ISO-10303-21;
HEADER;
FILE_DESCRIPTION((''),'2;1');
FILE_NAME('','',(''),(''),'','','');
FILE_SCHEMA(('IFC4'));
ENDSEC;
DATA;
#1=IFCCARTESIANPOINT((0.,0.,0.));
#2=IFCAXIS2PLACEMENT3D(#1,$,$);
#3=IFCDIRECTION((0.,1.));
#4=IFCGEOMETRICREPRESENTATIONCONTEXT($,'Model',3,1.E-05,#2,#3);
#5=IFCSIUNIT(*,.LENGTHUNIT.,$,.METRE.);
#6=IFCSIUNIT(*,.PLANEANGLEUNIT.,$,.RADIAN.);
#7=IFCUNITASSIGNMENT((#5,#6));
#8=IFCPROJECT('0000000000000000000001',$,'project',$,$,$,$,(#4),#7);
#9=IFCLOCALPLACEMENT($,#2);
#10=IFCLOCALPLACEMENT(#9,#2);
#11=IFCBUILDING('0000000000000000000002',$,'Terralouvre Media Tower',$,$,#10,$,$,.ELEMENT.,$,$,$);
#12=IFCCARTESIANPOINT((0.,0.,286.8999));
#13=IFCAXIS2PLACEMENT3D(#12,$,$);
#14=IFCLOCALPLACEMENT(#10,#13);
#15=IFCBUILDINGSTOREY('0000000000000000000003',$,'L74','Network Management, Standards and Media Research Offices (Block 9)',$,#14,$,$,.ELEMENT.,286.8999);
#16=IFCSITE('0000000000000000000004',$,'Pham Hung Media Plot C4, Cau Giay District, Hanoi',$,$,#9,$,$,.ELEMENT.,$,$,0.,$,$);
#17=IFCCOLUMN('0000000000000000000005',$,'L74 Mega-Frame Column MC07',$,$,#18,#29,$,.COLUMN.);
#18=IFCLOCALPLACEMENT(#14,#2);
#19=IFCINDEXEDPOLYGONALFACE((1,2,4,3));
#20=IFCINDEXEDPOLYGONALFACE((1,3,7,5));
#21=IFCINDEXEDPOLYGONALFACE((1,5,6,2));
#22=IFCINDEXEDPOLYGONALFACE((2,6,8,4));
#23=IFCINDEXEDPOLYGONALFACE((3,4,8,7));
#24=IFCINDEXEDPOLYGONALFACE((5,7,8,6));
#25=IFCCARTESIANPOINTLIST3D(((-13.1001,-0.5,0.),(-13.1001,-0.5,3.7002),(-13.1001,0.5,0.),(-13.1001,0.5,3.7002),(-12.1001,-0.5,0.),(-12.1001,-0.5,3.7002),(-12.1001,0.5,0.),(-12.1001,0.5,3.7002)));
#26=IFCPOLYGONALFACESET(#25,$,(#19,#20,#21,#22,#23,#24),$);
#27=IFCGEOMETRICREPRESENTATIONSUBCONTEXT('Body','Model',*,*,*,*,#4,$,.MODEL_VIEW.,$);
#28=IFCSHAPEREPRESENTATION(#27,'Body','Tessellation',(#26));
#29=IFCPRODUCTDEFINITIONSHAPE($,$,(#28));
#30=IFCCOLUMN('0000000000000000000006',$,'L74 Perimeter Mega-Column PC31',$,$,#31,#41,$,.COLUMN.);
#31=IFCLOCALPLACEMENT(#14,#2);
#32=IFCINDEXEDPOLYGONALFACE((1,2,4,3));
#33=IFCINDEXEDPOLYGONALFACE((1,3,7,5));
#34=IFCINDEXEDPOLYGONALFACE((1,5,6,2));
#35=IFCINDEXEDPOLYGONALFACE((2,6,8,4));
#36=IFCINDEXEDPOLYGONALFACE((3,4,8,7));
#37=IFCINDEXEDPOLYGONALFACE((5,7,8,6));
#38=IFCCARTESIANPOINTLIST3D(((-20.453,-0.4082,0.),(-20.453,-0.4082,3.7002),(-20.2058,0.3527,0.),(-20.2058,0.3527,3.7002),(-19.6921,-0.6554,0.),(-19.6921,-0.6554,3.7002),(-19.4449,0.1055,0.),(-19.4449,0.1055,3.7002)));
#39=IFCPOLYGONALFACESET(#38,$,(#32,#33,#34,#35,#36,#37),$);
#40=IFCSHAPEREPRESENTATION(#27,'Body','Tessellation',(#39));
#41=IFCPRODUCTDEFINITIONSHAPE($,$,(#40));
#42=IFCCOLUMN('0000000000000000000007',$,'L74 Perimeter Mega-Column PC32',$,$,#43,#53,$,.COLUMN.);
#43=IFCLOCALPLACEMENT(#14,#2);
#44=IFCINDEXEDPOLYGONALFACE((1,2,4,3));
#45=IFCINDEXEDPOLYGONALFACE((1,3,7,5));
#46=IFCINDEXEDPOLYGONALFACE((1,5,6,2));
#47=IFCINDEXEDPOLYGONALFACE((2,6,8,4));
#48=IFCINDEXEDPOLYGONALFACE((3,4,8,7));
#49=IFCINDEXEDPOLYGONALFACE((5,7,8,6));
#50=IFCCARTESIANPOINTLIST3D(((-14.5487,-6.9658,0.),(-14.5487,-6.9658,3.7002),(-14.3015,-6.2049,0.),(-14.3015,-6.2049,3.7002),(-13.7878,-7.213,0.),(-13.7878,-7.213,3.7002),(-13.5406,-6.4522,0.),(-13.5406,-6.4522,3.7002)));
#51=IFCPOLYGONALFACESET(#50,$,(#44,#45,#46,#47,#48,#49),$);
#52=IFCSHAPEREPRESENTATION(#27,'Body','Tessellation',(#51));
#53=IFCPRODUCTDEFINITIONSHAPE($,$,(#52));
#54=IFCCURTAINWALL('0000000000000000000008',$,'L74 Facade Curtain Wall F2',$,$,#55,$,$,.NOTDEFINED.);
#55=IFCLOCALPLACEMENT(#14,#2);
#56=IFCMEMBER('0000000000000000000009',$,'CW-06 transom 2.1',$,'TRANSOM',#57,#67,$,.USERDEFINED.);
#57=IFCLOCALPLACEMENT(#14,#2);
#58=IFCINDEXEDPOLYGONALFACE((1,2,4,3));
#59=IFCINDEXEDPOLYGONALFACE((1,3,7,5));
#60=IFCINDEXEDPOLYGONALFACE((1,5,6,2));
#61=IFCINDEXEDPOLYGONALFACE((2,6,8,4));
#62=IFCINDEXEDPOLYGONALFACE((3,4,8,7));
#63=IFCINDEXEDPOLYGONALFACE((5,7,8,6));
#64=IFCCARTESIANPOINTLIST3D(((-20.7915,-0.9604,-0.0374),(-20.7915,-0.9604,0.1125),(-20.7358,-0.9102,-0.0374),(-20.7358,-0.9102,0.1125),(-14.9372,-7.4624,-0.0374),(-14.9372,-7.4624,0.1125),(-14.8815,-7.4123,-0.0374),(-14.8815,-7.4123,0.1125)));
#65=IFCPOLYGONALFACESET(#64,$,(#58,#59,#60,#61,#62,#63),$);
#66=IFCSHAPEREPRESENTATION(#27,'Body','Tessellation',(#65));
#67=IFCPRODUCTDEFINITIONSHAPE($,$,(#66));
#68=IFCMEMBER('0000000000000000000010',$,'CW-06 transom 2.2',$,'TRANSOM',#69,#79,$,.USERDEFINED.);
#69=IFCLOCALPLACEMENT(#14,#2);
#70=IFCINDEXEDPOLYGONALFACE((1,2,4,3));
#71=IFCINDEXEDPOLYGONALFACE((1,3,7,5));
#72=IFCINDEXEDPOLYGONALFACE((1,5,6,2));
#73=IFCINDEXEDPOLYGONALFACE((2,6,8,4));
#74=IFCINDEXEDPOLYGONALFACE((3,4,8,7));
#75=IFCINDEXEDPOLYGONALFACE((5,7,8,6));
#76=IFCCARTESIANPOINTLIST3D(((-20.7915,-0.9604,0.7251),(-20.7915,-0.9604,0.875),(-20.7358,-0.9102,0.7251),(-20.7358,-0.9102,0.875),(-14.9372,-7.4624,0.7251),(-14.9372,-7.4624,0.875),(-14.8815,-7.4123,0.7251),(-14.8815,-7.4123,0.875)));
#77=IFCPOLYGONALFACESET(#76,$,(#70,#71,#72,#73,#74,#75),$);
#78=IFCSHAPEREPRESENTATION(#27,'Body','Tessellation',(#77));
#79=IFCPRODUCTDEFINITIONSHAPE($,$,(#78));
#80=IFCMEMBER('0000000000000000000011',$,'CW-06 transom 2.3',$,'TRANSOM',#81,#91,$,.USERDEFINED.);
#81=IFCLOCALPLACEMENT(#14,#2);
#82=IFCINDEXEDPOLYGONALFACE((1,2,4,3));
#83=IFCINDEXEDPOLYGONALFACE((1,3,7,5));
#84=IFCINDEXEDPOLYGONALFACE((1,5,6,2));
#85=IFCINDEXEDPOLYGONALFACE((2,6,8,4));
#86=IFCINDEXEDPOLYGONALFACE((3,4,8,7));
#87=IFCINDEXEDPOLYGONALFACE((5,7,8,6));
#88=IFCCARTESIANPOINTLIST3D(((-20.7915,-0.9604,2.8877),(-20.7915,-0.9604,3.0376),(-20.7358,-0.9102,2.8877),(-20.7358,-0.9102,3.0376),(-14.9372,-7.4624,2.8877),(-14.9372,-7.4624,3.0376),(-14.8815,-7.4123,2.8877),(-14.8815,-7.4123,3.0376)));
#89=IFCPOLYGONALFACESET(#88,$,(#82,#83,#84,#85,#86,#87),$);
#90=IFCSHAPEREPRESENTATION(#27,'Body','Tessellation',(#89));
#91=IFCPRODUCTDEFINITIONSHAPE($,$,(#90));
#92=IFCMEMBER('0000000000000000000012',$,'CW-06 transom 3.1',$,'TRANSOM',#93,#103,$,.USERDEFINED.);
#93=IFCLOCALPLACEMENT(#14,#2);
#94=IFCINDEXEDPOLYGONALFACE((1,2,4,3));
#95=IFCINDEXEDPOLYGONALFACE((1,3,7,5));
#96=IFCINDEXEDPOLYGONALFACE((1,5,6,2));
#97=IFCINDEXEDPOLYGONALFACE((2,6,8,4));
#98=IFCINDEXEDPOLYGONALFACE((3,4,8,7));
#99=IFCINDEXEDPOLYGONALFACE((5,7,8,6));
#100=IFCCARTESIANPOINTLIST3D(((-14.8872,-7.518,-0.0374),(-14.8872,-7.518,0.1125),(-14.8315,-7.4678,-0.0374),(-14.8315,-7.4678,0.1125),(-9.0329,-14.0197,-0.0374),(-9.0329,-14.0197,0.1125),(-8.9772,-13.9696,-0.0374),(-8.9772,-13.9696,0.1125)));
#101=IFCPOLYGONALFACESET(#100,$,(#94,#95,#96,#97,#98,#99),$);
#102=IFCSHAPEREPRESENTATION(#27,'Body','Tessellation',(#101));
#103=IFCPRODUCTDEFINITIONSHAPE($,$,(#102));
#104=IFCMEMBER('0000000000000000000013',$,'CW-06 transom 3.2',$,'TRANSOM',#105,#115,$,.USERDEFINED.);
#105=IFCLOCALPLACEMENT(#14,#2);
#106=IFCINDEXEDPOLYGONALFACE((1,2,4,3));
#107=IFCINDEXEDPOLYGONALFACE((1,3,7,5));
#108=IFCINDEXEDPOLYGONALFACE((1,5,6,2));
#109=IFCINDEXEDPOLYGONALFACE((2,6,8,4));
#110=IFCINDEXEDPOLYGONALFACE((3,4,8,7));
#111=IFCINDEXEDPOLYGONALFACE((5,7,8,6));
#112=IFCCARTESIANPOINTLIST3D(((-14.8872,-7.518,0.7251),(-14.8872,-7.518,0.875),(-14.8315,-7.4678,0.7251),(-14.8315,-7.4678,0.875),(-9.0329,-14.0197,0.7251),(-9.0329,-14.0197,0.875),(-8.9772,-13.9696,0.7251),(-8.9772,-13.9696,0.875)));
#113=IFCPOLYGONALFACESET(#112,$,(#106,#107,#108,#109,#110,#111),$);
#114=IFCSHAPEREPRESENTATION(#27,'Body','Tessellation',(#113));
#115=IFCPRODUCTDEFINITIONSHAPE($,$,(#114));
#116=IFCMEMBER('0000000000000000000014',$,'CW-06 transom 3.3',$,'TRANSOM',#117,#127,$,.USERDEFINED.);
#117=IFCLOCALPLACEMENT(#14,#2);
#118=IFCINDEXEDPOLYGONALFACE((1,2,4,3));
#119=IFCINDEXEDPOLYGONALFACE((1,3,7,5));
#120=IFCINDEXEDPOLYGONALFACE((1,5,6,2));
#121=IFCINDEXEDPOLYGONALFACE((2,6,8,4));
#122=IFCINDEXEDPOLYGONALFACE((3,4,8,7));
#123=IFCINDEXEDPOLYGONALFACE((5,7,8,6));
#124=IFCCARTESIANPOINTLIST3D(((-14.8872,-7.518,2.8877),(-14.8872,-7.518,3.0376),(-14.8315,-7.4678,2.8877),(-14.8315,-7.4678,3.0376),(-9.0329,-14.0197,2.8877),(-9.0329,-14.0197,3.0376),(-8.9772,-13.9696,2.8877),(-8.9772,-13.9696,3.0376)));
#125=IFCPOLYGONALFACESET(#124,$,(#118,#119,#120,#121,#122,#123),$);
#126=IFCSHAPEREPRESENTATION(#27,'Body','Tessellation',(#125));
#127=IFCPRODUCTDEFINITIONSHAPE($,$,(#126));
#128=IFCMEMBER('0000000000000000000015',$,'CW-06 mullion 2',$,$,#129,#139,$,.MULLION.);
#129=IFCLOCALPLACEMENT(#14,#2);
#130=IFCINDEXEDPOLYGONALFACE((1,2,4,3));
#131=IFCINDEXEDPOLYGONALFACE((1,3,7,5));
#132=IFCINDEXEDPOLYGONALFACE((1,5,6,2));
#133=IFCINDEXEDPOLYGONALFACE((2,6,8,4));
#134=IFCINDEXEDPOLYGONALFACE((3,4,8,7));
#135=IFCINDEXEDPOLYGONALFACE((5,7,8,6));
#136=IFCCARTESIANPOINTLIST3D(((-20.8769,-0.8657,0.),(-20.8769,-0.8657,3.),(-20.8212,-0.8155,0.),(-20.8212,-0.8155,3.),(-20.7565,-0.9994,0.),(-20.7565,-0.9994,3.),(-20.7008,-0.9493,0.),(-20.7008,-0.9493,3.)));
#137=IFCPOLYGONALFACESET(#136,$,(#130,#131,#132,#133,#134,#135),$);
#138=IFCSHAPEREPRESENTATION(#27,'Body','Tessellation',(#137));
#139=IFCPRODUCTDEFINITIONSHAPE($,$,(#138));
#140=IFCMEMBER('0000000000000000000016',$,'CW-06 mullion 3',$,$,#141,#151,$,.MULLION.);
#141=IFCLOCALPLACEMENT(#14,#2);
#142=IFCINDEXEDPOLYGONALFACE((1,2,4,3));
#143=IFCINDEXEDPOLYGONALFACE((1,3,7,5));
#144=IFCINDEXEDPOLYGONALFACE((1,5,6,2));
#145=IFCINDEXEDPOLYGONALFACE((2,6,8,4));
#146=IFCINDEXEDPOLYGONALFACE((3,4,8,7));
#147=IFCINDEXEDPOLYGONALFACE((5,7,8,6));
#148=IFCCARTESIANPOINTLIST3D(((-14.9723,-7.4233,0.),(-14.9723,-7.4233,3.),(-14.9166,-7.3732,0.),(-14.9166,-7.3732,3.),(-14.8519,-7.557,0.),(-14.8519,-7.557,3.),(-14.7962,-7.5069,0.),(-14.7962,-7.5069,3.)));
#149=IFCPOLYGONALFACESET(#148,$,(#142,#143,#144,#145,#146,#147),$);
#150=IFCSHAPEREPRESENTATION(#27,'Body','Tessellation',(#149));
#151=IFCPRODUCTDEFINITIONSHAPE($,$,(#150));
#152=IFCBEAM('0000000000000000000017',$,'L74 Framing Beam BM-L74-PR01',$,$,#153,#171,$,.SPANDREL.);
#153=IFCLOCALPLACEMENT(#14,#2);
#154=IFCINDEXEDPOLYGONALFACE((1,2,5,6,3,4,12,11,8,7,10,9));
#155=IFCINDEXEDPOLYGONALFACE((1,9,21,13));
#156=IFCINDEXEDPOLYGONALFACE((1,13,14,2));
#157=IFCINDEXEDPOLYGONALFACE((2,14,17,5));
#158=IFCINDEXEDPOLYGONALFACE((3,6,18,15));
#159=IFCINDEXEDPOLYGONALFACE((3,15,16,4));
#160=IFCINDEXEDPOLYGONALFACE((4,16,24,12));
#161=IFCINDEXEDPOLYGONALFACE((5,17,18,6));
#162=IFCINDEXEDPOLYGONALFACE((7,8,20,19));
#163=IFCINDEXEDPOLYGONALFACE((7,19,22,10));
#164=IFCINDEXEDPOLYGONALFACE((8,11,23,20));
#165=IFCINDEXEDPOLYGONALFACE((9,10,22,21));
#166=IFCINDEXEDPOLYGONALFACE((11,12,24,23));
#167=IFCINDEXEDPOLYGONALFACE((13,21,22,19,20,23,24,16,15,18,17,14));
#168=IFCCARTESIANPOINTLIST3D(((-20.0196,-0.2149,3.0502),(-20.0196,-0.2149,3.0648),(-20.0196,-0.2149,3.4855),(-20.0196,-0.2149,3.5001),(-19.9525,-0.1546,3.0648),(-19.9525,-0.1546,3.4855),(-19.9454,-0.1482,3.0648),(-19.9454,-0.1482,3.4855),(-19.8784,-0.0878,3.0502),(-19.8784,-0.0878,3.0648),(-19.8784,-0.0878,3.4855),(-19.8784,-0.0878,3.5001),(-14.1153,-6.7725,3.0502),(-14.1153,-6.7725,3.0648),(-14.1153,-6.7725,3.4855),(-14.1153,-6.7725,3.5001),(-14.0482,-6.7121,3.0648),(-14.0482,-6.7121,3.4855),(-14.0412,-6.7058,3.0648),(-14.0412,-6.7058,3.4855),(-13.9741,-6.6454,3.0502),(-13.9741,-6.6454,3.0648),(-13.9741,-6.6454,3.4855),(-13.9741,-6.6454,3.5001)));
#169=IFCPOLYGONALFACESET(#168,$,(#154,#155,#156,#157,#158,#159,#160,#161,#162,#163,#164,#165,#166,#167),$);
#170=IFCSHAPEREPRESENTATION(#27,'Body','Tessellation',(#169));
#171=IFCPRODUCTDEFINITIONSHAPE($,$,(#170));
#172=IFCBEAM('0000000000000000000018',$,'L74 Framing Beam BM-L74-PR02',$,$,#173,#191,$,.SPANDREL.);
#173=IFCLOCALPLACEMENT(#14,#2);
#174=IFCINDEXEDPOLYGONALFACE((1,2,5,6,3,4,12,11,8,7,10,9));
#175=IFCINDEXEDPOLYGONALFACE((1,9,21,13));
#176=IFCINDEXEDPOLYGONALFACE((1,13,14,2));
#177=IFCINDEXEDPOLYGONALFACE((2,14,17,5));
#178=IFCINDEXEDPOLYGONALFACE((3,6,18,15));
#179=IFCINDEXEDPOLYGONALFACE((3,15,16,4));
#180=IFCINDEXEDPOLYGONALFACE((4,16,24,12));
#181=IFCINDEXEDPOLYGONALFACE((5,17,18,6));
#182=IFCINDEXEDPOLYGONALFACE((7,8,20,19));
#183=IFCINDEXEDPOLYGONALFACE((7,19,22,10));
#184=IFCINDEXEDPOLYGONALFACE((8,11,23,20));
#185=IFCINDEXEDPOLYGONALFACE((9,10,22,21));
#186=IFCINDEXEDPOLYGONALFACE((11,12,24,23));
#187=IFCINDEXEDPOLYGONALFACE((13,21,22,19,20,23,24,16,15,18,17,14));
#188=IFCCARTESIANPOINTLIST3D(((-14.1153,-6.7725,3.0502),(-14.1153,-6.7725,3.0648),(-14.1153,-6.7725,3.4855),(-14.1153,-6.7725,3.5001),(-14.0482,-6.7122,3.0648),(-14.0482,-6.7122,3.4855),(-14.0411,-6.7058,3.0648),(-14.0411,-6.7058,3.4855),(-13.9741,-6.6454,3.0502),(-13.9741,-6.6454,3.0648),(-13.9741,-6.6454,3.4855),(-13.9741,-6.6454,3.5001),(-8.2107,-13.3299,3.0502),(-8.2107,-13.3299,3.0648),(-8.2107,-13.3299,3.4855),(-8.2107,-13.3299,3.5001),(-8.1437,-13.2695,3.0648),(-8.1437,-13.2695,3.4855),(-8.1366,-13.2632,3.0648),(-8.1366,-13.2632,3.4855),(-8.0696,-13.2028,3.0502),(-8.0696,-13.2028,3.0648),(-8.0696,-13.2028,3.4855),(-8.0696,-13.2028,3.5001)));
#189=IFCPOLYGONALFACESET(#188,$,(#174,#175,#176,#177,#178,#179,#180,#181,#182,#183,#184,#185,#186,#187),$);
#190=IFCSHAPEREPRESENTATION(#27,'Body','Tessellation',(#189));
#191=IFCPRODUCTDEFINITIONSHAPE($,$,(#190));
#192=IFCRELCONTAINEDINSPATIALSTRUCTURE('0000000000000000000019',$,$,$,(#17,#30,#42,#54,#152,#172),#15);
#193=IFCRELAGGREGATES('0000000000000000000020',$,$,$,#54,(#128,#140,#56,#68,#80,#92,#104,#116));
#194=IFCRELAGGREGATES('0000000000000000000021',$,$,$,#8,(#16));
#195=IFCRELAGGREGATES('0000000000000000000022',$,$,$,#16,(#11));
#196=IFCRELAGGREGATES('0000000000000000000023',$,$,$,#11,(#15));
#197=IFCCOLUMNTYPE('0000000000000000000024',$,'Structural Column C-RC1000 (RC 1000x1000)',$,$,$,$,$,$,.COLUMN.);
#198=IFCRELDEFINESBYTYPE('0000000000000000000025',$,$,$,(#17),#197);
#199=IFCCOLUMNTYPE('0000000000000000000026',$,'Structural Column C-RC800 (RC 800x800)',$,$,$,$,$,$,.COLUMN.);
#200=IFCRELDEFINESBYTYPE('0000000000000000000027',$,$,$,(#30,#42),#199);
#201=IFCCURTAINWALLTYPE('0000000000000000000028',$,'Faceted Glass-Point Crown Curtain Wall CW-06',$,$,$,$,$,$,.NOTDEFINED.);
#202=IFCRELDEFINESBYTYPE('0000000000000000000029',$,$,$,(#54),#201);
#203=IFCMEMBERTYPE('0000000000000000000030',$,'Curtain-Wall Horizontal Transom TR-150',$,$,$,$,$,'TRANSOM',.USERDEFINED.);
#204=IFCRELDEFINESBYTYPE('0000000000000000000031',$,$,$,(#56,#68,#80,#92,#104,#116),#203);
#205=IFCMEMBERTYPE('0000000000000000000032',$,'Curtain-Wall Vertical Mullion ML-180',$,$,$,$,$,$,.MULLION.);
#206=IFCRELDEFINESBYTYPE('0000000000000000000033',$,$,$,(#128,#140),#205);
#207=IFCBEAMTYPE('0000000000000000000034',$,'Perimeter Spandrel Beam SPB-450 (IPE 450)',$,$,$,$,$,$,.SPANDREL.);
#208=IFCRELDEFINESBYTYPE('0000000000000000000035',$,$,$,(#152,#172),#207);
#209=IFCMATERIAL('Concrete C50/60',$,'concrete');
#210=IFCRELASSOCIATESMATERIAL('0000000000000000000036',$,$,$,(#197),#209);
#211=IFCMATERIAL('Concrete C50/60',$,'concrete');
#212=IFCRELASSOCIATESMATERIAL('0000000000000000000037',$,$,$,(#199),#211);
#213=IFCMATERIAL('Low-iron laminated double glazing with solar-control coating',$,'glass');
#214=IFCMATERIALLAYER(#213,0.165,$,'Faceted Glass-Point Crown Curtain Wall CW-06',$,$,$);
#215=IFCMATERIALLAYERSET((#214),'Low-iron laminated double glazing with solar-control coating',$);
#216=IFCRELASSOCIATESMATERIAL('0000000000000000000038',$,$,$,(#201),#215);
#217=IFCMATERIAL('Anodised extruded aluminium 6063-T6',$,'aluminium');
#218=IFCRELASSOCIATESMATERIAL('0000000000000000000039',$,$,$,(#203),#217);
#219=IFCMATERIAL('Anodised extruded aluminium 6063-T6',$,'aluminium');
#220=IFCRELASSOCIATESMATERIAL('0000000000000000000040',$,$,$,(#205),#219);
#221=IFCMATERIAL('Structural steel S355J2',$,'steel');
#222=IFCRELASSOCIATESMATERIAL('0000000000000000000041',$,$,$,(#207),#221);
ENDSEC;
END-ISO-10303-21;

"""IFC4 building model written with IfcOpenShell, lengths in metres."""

from ifc_helpers import new_model, si_unit, direction, frame, origin, origin_2d, place, context, subcontext, project, spatial, rectangle, i_section, extrude, material, layer, layer_set, material_profile, profile_set, type_object, element, aggregate, save


model = new_model("IFC4")

# Units and contexts
model_context = context("Model", 3, precision=1e-05, world=origin(), true_north=direction((0.0, 1.0)))
body_context = subcontext(model_context, "Body", "Model", "MODEL_VIEW")
ifc_project = project(units=[si_unit("LENGTHUNIT", "METRE"), si_unit("PLANEANGLEUNIT", "RADIAN")], contexts=[model_context])

# Site, building, storey
site_placement = place(None, origin())
site = spatial("IfcSite", under=ifc_project, at=site_placement, Name="Pham Hung Media Plot C4, Cau Giay District, Hanoi", CompositionType="ELEMENT", RefElevation=0.0)
building_placement = place(site_placement, origin())
building = spatial("IfcBuilding", under=site, at=building_placement, Name="Terralouvre Media Tower", CompositionType="ELEMENT")
storey_placement = place(building_placement, frame((0.0, 0.0, 286.8999)))
storey = spatial("IfcBuildingStorey", under=building, at=storey_placement, Name="L74", Description="Network Management, Standards and Media Research Offices (Block 9)", CompositionType="ELEMENT", Elevation=286.8999)

# Columns
ifc_material_1 = material(Name="Concrete C50/60", Category="concrete")
ifc_material_profile_1 = material_profile(ifc_material_1, rectangle(XDim=1.0, YDim=1.0, at=origin_2d()), Name="RC 1000x1000")
ifc_profile_set_1 = profile_set([ifc_material_profile_1], Name="Concrete C50/60")
column_type_1 = type_object("IfcColumnType", Name="Structural Column C-RC1000 (RC 1000x1000)", PredefinedType="COLUMN", material=ifc_profile_set_1)
column_placement = place(storey_placement, frame((-12.6001, 0.0, 0.0), z_axis=(0.0, 0.0, 1.0), x_axis=(1.0, 0.0, 0.0)))
element("IfcColumn", 1, at=column_placement, inside=storey, type_object=column_type_1, Name="L74 Mega-Frame Column MC07", PredefinedType="COLUMN", context=body_context, shape_type="SweptSolid", body=[
    extrude(rectangle(XDim=1.0, YDim=1.0, at=origin_2d()), origin(), (0.0, 0.0, 1.0), 3.7002),
])
ifc_material_2 = material(Name="Concrete C50/60", Category="concrete")
ifc_material_profile_2 = material_profile(ifc_material_2, rectangle(XDim=0.8, YDim=0.8, at=origin_2d()), Name="RC 800x800")
ifc_profile_set_2 = profile_set([ifc_material_profile_2], Name="Concrete C50/60")
column_type_2 = type_object("IfcColumnType", Name="Structural Column C-RC800 (RC 800x800)", PredefinedType="COLUMN", material=ifc_profile_set_2)
for number, where, z_axis, x_axis, name in (
    (2, (-19.949, -0.1514, 0.0), (0.0, 0.0, 1.0), (0.309017, 0.951057, 0.0), "L74 Perimeter Mega-Column PC31"),
    (3, (-14.0447, -6.709, 0.0), (0.0, 0.0, 1.0), (0.309017, 0.951057, 0.0), "L74 Perimeter Mega-Column PC32"),
):
    element("IfcColumn", number, at=place(storey_placement, frame(where, z_axis=z_axis, x_axis=x_axis)), inside=storey, type_object=column_type_2, Name=name, PredefinedType="COLUMN", context=body_context, shape_type="SweptSolid", body=[
        extrude(rectangle(XDim=0.8, YDim=0.8, at=origin_2d()), origin(), (0.0, 0.0, 1.0), 3.7002),
    ])

# Curtain wall, members
ifc_material_3 = material(Name="Low-iron laminated double glazing with solar-control coating", Category="glass")
ifc_layer_1 = layer(ifc_material_3, 0.165, Name="Faceted Glass-Point Crown Curtain Wall CW-06")
ifc_layer_set_1 = layer_set([ifc_layer_1], Name="Low-iron laminated double glazing with solar-control coating")
curtain_wall_type = type_object("IfcCurtainWallType", Name="Faceted Glass-Point Crown Curtain Wall CW-06", PredefinedType="NOTDEFINED", material=ifc_layer_set_1)
curtain_wall_placement = place(storey_placement, origin())
curtain_wall = element("IfcCurtainWall", 4, at=curtain_wall_placement, inside=storey, type_object=curtain_wall_type, Name="L74 Facade Curtain Wall F2", PredefinedType="NOTDEFINED")
ifc_material_4 = material(Name="Anodised extruded aluminium 6063-T6", Category="aluminium")
ifc_material_profile_3 = material_profile(ifc_material_4, rectangle(XDim=0.075, YDim=0.1499, at=origin_2d()), Name="ALU 75x150")
ifc_profile_set_3 = profile_set([ifc_material_profile_3], Name="Anodised extruded aluminium 6063-T6")
member_type_1 = type_object("IfcMemberType", Name="Curtain-Wall Horizontal Transom TR-150", ElementType="TRANSOM", PredefinedType="USERDEFINED", material=ifc_profile_set_3)
member_1_placement = place(storey_placement, frame((-20.7637, -0.9353, 0.0376), z_axis=(0.669122, -0.743153, 0.0), x_axis=(0.743153, 0.669122, 0.0)))
member_1 = element("IfcMember", 5, at=member_1_placement, type_object=member_type_1, Name="CW-06 transom 2.1", ObjectType="TRANSOM", PredefinedType="USERDEFINED", context=body_context, shape_type="SweptSolid", body=[
    extrude(rectangle(XDim=0.075, YDim=0.1499, at=origin_2d()), origin(), (0.0, 0.0, 1.0), 8.7493),
])
member_2_placement = place(storey_placement, frame((-20.7637, -0.9353, 0.8), z_axis=(0.669122, -0.743153, 0.0), x_axis=(0.743153, 0.669122, 0.0)))
member_2 = element("IfcMember", 6, at=member_2_placement, type_object=member_type_1, Name="CW-06 transom 2.2", ObjectType="TRANSOM", PredefinedType="USERDEFINED", context=body_context, shape_type="SweptSolid", body=[
    extrude(rectangle(XDim=0.075, YDim=0.1499, at=origin_2d()), origin(), (0.0, 0.0, 1.0), 8.7493),
])
member_3_placement = place(storey_placement, frame((-20.7637, -0.9353, 2.9626), z_axis=(0.669122, -0.743153, 0.0), x_axis=(0.743153, 0.669122, 0.0)))
member_3 = element("IfcMember", 7, at=member_3_placement, type_object=member_type_1, Name="CW-06 transom 2.3", ObjectType="TRANSOM", PredefinedType="USERDEFINED", context=body_context, shape_type="SweptSolid", body=[
    extrude(rectangle(XDim=0.075, YDim=0.1499, at=origin_2d()), origin(), (0.0, 0.0, 1.0), 8.7493),
])
member_4_placement = place(storey_placement, frame((-14.8594, -7.4929, 0.0376), z_axis=(0.669136, -0.74314, 0.0), x_axis=(0.74314, 0.669136, 0.0)))
member_4 = element("IfcMember", 8, at=member_4_placement, type_object=member_type_1, Name="CW-06 transom 3.1", ObjectType="TRANSOM", PredefinedType="USERDEFINED", context=body_context, shape_type="SweptSolid", body=[
    extrude(rectangle(XDim=0.075, YDim=0.1499, at=origin_2d()), origin(), (0.0, 0.0, 1.0), 8.749),
])
member_5_placement = place(storey_placement, frame((-14.8594, -7.4929, 0.8), z_axis=(0.669136, -0.74314, 0.0), x_axis=(0.74314, 0.669136, 0.0)))
member_5 = element("IfcMember", 9, at=member_5_placement, type_object=member_type_1, Name="CW-06 transom 3.2", ObjectType="TRANSOM", PredefinedType="USERDEFINED", context=body_context, shape_type="SweptSolid", body=[
    extrude(rectangle(XDim=0.075, YDim=0.1499, at=origin_2d()), origin(), (0.0, 0.0, 1.0), 8.749),
])
member_6_placement = place(storey_placement, frame((-14.8594, -7.4929, 2.9626), z_axis=(0.669136, -0.74314, 0.0), x_axis=(0.74314, 0.669136, 0.0)))
member_6 = element("IfcMember", 10, at=member_6_placement, type_object=member_type_1, Name="CW-06 transom 3.3", ObjectType="TRANSOM", PredefinedType="USERDEFINED", context=body_context, shape_type="SweptSolid", body=[
    extrude(rectangle(XDim=0.075, YDim=0.1499, at=origin_2d()), origin(), (0.0, 0.0, 1.0), 8.749),
])
ifc_material_5 = material(Name="Anodised extruded aluminium 6063-T6", Category="aluminium")
ifc_material_profile_4 = material_profile(ifc_material_5, rectangle(XDim=0.075, YDim=0.1799, at=origin_2d()), Name="ALU 75x180")
ifc_profile_set_4 = profile_set([ifc_material_profile_4], Name="Anodised extruded aluminium 6063-T6")
member_type_2 = type_object("IfcMemberType", Name="Curtain-Wall Vertical Mullion ML-180", PredefinedType="MULLION", material=ifc_profile_set_4)
member_7_placement = place(storey_placement, frame((-20.7888, -0.9075, 0.0), z_axis=(0.0, 0.0, 1.0), x_axis=(0.743145, 0.669131, 0.0)))
member_7 = element("IfcMember", 11, at=member_7_placement, type_object=member_type_2, Name="CW-06 mullion 2", PredefinedType="MULLION", context=body_context, shape_type="SweptSolid", body=[
    extrude(rectangle(XDim=0.075, YDim=0.1799, at=origin_2d()), origin(), (0.0, 0.0, 1.0), 3.0),
])
member_8_placement = place(storey_placement, frame((-14.8843, -7.4651, 0.0), z_axis=(0.0, 0.0, 1.0), x_axis=(0.743145, 0.669131, 0.0)))
member_8 = element("IfcMember", 12, at=member_8_placement, type_object=member_type_2, Name="CW-06 mullion 3", PredefinedType="MULLION", context=body_context, shape_type="SweptSolid", body=[
    extrude(rectangle(XDim=0.075, YDim=0.1799, at=origin_2d()), origin(), (0.0, 0.0, 1.0), 3.0),
])

# Beams
ifc_material_6 = material(Name="Structural steel S355J2", Category="steel")
ifc_material_profile_5 = material_profile(ifc_material_6, i_section(OverallWidth=0.1899, OverallDepth=0.45, WebThickness=0.0095, FlangeThickness=0.0146, at=origin_2d()), Name="IPE 450")
ifc_profile_set_5 = profile_set([ifc_material_profile_5], Name="Structural steel S355J2")
beam_type_1 = type_object("IfcBeamType", Name="Perimeter Spandrel Beam SPB-450 (IPE 450)", PredefinedType="SPANDREL", material=ifc_profile_set_5)
for number, where, z_axis, x_axis, name in (
    (13, (-19.949, -0.1514, 3.2751), (0.669118, -0.743157, 0.0), (0.743157, 0.669118, 0.0), "L74 Framing Beam BM-L74-PR01"),
    (14, (-14.0447, -6.709, 3.2751), (0.669147, -0.74313, 0.0), (0.74313, 0.669147, 0.0), "L74 Framing Beam BM-L74-PR02"),
):
    element("IfcBeam", number, at=place(storey_placement, frame(where, z_axis=z_axis, x_axis=x_axis)), inside=storey, type_object=beam_type_1, Name=name, PredefinedType="SPANDREL", context=body_context, shape_type="SweptSolid", body=[
        extrude(i_section(OverallWidth=0.1899, OverallDepth=0.45, WebThickness=0.0095, FlangeThickness=0.0146, at=origin_2d()), origin(), (0.0, 0.0, 1.0), 8.824),
    ])

aggregate(curtain_wall, [member_7, member_8, member_1, member_2, member_3, member_4, member_5, member_6])

save(model, "model.ifc")
